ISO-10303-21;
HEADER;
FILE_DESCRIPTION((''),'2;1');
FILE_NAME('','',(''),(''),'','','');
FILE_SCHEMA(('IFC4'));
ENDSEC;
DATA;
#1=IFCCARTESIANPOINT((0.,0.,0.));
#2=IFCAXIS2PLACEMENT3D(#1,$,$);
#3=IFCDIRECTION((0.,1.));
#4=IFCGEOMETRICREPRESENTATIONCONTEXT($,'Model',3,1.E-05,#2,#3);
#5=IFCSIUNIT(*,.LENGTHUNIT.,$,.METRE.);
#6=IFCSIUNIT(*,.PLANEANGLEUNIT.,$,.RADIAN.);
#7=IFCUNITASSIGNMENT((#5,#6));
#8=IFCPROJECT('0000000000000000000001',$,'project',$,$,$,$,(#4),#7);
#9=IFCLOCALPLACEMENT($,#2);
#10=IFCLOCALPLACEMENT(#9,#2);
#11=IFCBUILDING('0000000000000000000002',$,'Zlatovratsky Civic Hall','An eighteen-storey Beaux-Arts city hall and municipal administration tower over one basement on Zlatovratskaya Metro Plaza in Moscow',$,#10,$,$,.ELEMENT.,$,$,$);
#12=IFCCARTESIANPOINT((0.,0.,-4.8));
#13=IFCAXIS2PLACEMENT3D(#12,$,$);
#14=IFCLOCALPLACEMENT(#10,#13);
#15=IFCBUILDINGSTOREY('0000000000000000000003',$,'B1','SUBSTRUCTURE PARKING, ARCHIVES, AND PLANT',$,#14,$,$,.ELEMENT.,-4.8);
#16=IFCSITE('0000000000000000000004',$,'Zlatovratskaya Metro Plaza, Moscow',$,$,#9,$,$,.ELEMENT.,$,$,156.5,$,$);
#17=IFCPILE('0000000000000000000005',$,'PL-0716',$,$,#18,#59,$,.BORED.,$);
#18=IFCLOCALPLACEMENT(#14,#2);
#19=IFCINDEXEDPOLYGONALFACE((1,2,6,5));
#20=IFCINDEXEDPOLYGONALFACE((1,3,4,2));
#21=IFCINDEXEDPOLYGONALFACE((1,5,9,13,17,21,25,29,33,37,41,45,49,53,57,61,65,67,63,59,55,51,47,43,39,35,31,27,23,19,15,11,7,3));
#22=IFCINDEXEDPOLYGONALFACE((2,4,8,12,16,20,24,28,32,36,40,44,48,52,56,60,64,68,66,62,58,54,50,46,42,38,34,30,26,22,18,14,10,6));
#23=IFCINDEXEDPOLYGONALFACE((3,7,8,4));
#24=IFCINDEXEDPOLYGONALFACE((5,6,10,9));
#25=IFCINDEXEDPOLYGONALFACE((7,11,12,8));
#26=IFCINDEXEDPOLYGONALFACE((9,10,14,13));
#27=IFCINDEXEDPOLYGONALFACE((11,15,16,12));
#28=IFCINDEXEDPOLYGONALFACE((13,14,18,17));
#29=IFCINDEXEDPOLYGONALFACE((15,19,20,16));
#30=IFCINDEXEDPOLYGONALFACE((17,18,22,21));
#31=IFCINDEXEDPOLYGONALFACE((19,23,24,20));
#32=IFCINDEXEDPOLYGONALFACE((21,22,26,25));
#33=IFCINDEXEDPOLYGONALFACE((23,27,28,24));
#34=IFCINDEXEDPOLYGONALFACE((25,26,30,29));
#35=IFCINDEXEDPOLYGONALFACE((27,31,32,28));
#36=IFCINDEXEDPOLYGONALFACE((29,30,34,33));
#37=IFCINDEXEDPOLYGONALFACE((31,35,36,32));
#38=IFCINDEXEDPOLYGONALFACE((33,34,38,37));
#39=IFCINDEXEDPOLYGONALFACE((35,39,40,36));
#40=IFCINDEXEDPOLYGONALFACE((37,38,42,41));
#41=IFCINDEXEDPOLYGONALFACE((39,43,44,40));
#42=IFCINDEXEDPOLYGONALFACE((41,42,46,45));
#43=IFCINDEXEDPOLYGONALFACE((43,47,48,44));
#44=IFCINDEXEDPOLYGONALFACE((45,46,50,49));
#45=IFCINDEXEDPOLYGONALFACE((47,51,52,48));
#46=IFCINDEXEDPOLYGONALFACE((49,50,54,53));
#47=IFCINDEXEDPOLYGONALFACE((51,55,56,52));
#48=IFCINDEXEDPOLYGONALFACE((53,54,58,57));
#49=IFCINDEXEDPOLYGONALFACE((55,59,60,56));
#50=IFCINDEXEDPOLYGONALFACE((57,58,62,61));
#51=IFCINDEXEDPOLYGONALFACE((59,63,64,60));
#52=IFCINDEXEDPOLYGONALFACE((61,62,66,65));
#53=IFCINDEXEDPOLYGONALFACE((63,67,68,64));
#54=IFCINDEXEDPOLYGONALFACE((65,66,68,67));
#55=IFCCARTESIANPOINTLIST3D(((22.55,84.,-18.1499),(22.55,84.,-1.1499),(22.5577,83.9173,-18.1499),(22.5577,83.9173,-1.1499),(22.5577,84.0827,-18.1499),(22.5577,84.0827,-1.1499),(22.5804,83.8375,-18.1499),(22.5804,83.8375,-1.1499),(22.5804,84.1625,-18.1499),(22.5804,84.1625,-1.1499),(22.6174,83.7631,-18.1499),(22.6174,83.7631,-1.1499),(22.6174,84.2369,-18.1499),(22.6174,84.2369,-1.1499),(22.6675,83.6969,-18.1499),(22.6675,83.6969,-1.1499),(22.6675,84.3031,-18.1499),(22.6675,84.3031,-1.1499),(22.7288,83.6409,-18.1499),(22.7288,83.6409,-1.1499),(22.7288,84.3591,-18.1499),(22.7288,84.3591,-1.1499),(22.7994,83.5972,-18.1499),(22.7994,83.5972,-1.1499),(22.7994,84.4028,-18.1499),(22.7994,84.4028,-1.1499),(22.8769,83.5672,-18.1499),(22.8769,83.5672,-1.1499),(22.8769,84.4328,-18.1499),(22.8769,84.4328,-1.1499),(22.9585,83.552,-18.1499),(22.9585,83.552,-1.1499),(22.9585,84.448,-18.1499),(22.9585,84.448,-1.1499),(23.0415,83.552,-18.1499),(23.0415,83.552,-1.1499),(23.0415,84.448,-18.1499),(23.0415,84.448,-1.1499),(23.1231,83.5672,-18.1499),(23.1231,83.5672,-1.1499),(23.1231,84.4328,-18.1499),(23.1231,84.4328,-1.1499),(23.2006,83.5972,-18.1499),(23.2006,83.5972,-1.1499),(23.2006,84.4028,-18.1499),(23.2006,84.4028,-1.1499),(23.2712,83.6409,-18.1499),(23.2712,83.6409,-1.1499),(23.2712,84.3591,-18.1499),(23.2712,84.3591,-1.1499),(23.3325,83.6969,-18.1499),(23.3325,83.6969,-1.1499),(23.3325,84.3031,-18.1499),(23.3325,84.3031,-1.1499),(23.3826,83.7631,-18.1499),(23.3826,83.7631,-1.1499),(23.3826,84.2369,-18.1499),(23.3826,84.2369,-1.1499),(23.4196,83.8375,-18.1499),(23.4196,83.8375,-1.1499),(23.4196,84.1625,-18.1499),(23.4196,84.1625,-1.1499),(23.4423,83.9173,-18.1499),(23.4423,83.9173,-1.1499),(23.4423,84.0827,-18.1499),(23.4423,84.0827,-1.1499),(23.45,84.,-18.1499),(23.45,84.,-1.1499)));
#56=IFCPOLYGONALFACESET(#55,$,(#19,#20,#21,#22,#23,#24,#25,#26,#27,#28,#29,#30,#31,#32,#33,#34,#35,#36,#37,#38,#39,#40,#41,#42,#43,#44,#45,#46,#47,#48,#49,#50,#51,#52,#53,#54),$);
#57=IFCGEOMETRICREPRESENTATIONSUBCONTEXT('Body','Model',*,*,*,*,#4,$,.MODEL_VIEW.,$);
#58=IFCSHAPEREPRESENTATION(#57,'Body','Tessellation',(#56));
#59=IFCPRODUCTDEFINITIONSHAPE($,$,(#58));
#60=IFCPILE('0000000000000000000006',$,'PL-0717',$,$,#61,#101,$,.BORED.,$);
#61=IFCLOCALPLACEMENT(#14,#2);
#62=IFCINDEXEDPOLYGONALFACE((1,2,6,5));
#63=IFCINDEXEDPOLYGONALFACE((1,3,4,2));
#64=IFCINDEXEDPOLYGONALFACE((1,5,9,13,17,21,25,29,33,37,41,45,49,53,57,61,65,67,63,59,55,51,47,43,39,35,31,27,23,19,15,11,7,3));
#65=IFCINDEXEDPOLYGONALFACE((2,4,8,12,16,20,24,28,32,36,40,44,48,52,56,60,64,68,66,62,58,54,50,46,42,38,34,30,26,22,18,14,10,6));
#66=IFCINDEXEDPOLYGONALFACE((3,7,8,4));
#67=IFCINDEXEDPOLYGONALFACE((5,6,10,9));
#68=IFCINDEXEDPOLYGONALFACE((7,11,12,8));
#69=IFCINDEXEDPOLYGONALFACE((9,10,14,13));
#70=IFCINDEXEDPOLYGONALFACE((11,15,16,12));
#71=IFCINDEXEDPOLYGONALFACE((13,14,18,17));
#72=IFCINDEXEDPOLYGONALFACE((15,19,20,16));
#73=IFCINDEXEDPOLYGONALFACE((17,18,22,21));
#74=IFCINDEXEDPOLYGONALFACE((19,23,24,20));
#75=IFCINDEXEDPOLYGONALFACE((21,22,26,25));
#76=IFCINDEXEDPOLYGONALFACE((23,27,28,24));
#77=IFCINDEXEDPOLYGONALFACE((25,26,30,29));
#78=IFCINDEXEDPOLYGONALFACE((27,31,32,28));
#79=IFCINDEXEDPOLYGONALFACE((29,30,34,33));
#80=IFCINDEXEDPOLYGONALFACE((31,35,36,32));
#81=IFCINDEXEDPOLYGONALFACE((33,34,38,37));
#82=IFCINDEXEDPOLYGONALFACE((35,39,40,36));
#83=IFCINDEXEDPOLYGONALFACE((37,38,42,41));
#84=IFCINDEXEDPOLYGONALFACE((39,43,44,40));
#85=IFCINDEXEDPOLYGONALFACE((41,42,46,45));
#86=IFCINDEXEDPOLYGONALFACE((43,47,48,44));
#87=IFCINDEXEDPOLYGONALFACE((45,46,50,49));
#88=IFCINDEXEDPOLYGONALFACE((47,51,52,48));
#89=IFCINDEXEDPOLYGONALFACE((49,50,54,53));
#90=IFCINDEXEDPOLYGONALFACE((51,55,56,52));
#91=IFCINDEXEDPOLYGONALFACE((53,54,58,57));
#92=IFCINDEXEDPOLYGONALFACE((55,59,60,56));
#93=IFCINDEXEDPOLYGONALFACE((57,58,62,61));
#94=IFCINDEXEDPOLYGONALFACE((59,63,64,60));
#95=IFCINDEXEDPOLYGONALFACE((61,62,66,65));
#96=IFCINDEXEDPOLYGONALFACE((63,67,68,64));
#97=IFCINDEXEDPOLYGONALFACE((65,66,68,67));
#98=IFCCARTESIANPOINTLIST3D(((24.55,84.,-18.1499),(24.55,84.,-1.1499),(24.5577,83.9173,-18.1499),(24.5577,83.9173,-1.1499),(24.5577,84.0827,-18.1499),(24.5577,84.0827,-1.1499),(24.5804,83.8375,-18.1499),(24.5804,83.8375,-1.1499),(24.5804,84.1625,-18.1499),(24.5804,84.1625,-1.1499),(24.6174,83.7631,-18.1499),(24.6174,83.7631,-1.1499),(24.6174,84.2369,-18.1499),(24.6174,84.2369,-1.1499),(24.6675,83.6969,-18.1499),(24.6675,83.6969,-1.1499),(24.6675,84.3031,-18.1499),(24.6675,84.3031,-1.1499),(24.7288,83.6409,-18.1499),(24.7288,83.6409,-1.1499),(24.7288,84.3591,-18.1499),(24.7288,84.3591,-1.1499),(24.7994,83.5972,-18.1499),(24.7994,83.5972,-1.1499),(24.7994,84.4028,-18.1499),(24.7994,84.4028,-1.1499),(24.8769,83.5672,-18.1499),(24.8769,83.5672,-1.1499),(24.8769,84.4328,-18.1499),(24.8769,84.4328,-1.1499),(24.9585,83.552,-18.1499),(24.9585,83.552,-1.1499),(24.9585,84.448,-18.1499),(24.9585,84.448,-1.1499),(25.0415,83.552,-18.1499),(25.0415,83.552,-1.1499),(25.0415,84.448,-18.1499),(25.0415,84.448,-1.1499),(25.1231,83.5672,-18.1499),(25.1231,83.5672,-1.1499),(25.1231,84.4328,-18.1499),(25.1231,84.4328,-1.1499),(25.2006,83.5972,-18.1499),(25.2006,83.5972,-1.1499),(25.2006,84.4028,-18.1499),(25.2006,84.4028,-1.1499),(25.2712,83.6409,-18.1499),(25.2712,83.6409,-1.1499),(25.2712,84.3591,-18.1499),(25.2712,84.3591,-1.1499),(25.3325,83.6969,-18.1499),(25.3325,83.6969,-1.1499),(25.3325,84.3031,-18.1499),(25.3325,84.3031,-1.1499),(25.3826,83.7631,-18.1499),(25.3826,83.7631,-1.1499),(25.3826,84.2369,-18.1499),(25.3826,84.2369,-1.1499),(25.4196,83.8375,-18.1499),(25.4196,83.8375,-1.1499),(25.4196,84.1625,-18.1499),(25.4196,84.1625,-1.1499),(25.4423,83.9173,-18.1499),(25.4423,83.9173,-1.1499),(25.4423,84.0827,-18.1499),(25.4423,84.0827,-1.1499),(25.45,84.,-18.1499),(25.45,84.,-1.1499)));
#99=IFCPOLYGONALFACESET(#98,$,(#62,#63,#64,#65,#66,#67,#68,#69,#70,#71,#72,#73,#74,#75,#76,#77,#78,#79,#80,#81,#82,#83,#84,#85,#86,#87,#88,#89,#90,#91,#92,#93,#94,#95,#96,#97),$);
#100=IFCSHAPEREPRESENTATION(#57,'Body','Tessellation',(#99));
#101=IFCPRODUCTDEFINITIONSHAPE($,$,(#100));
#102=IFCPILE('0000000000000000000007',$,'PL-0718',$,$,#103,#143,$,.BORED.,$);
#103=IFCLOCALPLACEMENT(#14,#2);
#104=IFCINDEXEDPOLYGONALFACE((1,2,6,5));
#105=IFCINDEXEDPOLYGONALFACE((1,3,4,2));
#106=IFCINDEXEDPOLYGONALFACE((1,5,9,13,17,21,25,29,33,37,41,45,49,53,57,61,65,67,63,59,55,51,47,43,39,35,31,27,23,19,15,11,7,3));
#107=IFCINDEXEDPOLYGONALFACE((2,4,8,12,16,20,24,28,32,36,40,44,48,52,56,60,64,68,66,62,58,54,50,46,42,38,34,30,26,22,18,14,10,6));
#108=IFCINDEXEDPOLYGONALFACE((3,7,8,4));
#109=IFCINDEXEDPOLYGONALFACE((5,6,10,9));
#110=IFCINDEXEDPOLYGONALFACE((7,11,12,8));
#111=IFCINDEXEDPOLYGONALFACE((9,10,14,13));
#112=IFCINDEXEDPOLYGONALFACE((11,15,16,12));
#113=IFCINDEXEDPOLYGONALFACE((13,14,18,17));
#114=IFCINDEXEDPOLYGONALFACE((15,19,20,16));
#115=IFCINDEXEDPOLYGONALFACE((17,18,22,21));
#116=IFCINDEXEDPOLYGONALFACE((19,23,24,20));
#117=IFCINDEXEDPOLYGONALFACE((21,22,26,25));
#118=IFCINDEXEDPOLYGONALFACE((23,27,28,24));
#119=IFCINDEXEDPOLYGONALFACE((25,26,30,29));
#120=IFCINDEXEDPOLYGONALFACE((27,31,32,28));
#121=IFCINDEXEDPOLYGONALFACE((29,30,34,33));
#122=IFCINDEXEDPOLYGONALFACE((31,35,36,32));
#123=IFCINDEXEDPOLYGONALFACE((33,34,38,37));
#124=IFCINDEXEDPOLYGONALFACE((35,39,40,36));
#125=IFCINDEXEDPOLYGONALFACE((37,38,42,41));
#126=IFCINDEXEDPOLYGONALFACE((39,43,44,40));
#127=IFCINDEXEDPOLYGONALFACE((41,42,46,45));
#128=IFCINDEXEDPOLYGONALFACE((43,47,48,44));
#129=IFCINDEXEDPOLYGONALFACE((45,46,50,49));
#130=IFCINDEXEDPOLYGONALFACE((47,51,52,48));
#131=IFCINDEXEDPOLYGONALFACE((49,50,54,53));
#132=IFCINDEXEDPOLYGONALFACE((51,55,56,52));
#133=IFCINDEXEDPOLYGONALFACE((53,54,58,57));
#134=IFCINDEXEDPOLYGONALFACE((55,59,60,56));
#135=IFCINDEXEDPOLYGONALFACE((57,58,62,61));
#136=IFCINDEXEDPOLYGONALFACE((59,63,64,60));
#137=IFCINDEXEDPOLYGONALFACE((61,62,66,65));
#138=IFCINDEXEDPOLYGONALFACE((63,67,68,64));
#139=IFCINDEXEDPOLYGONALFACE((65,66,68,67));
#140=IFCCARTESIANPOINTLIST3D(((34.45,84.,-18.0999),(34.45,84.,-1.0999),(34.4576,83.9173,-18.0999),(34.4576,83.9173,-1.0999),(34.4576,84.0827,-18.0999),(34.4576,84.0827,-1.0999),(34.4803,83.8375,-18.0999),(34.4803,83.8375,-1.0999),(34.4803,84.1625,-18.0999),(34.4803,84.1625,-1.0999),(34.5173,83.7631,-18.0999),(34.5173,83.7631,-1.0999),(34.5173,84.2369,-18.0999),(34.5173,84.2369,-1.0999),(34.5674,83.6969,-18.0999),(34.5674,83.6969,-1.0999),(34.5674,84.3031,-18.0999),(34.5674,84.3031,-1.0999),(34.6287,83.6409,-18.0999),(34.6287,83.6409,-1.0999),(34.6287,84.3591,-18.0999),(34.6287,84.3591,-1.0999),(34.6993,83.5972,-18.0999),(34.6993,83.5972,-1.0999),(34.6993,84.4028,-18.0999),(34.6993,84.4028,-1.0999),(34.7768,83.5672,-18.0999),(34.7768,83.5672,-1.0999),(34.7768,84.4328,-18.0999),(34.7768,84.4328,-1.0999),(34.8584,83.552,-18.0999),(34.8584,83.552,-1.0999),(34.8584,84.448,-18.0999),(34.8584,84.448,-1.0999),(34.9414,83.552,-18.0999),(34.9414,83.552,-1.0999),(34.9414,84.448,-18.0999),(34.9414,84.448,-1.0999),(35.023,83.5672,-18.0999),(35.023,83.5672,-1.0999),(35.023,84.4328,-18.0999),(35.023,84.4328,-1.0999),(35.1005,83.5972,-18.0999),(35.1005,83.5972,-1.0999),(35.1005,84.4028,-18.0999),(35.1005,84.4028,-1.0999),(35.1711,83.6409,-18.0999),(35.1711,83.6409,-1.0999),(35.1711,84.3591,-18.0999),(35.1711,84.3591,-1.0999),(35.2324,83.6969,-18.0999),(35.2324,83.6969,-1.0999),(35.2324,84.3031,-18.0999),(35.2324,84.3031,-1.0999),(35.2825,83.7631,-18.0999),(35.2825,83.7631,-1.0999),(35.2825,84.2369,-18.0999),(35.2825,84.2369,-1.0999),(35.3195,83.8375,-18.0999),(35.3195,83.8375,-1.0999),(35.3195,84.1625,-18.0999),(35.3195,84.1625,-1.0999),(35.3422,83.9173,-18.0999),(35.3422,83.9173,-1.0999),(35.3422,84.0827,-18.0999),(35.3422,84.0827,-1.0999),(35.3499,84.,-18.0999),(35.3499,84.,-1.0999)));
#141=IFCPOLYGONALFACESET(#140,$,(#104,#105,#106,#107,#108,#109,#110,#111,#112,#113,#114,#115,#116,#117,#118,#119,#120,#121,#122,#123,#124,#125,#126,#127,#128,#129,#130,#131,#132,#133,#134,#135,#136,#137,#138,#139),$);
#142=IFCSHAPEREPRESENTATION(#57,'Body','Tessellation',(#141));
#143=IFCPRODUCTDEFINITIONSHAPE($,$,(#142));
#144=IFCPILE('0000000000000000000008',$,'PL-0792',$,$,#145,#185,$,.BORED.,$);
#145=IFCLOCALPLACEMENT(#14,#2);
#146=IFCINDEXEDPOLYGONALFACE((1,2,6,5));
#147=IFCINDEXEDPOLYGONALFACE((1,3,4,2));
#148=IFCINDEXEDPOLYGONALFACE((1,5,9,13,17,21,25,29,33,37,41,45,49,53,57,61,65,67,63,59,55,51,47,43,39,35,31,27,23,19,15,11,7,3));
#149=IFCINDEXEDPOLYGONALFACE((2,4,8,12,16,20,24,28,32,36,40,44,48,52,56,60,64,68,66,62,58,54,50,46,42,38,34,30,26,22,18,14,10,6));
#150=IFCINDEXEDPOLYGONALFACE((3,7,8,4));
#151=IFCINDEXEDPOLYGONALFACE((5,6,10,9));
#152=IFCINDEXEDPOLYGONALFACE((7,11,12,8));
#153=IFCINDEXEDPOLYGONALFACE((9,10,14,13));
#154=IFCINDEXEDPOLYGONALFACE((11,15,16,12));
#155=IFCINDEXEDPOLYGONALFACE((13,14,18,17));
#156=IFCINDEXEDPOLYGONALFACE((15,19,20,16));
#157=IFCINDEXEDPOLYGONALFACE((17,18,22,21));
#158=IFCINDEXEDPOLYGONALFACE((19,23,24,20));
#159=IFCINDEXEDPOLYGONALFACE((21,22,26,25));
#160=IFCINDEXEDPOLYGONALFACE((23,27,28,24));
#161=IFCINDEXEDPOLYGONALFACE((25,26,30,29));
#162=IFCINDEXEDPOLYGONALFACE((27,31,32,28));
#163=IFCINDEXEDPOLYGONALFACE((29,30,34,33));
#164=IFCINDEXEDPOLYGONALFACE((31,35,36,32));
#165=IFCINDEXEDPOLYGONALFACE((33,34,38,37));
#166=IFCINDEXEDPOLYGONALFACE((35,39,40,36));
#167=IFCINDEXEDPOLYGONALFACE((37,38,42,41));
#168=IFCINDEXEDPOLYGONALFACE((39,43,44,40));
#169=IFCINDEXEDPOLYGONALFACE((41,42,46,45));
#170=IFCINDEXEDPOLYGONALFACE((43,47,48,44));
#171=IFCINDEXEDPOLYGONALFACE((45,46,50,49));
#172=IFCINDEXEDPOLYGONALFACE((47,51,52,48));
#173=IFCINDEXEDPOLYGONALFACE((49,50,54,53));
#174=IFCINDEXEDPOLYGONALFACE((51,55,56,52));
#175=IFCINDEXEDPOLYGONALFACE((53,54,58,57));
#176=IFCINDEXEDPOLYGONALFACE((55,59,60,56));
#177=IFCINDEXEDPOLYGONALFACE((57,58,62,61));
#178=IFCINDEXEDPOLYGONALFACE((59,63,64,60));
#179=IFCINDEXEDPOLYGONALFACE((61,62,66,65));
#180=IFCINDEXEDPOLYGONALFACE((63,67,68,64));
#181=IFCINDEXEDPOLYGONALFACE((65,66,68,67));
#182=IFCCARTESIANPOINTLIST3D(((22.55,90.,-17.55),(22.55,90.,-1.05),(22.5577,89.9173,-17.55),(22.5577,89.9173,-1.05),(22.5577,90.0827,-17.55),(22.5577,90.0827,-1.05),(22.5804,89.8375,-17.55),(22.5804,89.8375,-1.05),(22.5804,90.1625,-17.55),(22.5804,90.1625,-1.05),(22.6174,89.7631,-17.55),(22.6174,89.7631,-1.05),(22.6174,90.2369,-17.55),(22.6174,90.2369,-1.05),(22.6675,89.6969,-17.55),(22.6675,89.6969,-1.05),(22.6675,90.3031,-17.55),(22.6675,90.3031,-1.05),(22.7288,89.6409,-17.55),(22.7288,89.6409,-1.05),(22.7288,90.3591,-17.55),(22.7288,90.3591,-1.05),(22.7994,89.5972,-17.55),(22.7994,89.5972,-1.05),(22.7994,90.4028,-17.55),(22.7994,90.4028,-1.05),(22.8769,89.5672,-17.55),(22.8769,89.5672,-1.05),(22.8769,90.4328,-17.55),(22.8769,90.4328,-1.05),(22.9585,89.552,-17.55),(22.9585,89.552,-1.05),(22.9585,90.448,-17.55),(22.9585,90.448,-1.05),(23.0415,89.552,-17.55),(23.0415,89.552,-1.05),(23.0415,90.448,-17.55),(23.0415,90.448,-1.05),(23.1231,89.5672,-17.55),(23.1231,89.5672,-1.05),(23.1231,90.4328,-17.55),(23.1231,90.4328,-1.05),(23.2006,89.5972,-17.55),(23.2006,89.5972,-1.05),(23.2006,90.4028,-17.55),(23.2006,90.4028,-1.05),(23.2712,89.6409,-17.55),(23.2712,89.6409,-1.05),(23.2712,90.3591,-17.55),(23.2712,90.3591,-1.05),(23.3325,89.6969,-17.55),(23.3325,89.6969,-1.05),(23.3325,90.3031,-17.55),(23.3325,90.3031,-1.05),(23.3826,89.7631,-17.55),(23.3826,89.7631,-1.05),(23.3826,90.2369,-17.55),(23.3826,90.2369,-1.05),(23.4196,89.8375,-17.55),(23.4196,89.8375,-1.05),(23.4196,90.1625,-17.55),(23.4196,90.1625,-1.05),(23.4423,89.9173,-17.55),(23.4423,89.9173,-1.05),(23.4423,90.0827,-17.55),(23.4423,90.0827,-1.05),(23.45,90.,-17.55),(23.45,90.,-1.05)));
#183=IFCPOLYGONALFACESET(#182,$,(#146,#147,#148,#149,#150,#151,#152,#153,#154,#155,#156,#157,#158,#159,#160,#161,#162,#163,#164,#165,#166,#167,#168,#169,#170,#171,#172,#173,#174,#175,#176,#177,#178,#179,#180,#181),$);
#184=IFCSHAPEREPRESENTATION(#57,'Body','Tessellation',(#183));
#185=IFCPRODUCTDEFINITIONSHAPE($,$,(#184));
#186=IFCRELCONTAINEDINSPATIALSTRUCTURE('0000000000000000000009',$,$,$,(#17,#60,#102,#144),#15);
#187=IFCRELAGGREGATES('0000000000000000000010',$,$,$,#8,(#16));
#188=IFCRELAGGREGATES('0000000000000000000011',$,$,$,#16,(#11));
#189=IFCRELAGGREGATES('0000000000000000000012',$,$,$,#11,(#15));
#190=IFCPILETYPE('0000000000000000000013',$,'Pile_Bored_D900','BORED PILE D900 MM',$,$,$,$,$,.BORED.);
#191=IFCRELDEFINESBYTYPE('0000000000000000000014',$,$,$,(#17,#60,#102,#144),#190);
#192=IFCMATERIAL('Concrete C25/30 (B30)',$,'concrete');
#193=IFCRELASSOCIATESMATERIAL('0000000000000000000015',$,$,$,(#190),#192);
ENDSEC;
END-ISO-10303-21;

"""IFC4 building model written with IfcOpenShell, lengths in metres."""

from ifc_helpers import new_model, si_unit, direction, frame, origin, origin_2d, place, context, subcontext, project, spatial, circle, extrude, material, material_profile, profile_set, type_object, element, save


model = new_model("IFC4")

# Units and contexts
model_context = context("Model", 3, precision=1e-05, world=origin(), true_north=direction((0.0, 1.0)))
body_context = subcontext(model_context, "Body", "Model", "MODEL_VIEW")
ifc_project = project(units=[si_unit("LENGTHUNIT", "METRE"), si_unit("PLANEANGLEUNIT", "RADIAN")], contexts=[model_context])

# Site, building, storey
site_placement = place(None, origin())
site = spatial("IfcSite", under=ifc_project, at=site_placement, Name="Zlatovratskaya Metro Plaza, Moscow", CompositionType="ELEMENT", RefElevation=156.5)
building_placement = place(site_placement, origin())
building = spatial("IfcBuilding", under=site, at=building_placement, Name="Zlatovratsky Civic Hall", Description="An eighteen-storey Beaux-Arts city hall and municipal administration tower over one basement on Zlatovratskaya Metro Plaza in Moscow", CompositionType="ELEMENT")
storey_placement = place(building_placement, frame((0.0, 0.0, -4.8)))
storey = spatial("IfcBuildingStorey", under=building, at=storey_placement, Name="B1", Description="SUBSTRUCTURE PARKING, ARCHIVES, AND PLANT", CompositionType="ELEMENT", Elevation=-4.8)

# Shared definitions
ifc_material_1 = material(Name="Concrete C25/30 (B30)", Category="concrete")

# Piles
ifc_material_profile_1 = material_profile(ifc_material_1, circle(Radius=0.45, at=origin_2d()), Name="PILE D900")
ifc_profile_set_1 = profile_set([ifc_material_profile_1], Name="Concrete C25/30 (B30)")
pile_type_1 = type_object("IfcPileType", Name="Pile_Bored_D900", Description="BORED PILE D900 MM", PredefinedType="BORED", material=ifc_profile_set_1)
for number, where, z_axis, x_axis, name in (
    (1, (23.0, 84.0, -1.1499), (0.0, 0.0, -1.0), (1.0, 0.0, 0.0), "PL-0716"),
    (2, (25.0, 84.0, -1.1499), (0.0, 0.0, -1.0), (1.0, 0.0, 0.0), "PL-0717"),
    (3, (34.8999, 84.0, -1.0999), (0.0, 0.0, -1.0), (1.0, 0.0, 0.0), "PL-0718"),
):
    element("IfcPile", number, at=place(storey_placement, frame(where, z_axis=z_axis, x_axis=x_axis)), inside=storey, type_object=pile_type_1, Name=name, PredefinedType="BORED", context=body_context, shape_type="SweptSolid", body=[
        extrude(circle(Radius=0.45, at=origin_2d()), origin(), (0.0, 0.0, 1.0), 17.0),
    ])
for number, where, z_axis, x_axis, name in (
    (4, (23.0, 90.0, -1.05), (0.0, 0.0, -1.0), (1.0, 0.0, 0.0), "PL-0792"),
):
    element("IfcPile", number, at=place(storey_placement, frame(where, z_axis=z_axis, x_axis=x_axis)), inside=storey, type_object=pile_type_1, Name=name, PredefinedType="BORED", context=body_context, shape_type="SweptSolid", body=[
        extrude(circle(Radius=0.45, at=origin_2d()), origin(), (0.0, 0.0, 1.0), 16.5),
    ])

save(model, "model.ifc")
